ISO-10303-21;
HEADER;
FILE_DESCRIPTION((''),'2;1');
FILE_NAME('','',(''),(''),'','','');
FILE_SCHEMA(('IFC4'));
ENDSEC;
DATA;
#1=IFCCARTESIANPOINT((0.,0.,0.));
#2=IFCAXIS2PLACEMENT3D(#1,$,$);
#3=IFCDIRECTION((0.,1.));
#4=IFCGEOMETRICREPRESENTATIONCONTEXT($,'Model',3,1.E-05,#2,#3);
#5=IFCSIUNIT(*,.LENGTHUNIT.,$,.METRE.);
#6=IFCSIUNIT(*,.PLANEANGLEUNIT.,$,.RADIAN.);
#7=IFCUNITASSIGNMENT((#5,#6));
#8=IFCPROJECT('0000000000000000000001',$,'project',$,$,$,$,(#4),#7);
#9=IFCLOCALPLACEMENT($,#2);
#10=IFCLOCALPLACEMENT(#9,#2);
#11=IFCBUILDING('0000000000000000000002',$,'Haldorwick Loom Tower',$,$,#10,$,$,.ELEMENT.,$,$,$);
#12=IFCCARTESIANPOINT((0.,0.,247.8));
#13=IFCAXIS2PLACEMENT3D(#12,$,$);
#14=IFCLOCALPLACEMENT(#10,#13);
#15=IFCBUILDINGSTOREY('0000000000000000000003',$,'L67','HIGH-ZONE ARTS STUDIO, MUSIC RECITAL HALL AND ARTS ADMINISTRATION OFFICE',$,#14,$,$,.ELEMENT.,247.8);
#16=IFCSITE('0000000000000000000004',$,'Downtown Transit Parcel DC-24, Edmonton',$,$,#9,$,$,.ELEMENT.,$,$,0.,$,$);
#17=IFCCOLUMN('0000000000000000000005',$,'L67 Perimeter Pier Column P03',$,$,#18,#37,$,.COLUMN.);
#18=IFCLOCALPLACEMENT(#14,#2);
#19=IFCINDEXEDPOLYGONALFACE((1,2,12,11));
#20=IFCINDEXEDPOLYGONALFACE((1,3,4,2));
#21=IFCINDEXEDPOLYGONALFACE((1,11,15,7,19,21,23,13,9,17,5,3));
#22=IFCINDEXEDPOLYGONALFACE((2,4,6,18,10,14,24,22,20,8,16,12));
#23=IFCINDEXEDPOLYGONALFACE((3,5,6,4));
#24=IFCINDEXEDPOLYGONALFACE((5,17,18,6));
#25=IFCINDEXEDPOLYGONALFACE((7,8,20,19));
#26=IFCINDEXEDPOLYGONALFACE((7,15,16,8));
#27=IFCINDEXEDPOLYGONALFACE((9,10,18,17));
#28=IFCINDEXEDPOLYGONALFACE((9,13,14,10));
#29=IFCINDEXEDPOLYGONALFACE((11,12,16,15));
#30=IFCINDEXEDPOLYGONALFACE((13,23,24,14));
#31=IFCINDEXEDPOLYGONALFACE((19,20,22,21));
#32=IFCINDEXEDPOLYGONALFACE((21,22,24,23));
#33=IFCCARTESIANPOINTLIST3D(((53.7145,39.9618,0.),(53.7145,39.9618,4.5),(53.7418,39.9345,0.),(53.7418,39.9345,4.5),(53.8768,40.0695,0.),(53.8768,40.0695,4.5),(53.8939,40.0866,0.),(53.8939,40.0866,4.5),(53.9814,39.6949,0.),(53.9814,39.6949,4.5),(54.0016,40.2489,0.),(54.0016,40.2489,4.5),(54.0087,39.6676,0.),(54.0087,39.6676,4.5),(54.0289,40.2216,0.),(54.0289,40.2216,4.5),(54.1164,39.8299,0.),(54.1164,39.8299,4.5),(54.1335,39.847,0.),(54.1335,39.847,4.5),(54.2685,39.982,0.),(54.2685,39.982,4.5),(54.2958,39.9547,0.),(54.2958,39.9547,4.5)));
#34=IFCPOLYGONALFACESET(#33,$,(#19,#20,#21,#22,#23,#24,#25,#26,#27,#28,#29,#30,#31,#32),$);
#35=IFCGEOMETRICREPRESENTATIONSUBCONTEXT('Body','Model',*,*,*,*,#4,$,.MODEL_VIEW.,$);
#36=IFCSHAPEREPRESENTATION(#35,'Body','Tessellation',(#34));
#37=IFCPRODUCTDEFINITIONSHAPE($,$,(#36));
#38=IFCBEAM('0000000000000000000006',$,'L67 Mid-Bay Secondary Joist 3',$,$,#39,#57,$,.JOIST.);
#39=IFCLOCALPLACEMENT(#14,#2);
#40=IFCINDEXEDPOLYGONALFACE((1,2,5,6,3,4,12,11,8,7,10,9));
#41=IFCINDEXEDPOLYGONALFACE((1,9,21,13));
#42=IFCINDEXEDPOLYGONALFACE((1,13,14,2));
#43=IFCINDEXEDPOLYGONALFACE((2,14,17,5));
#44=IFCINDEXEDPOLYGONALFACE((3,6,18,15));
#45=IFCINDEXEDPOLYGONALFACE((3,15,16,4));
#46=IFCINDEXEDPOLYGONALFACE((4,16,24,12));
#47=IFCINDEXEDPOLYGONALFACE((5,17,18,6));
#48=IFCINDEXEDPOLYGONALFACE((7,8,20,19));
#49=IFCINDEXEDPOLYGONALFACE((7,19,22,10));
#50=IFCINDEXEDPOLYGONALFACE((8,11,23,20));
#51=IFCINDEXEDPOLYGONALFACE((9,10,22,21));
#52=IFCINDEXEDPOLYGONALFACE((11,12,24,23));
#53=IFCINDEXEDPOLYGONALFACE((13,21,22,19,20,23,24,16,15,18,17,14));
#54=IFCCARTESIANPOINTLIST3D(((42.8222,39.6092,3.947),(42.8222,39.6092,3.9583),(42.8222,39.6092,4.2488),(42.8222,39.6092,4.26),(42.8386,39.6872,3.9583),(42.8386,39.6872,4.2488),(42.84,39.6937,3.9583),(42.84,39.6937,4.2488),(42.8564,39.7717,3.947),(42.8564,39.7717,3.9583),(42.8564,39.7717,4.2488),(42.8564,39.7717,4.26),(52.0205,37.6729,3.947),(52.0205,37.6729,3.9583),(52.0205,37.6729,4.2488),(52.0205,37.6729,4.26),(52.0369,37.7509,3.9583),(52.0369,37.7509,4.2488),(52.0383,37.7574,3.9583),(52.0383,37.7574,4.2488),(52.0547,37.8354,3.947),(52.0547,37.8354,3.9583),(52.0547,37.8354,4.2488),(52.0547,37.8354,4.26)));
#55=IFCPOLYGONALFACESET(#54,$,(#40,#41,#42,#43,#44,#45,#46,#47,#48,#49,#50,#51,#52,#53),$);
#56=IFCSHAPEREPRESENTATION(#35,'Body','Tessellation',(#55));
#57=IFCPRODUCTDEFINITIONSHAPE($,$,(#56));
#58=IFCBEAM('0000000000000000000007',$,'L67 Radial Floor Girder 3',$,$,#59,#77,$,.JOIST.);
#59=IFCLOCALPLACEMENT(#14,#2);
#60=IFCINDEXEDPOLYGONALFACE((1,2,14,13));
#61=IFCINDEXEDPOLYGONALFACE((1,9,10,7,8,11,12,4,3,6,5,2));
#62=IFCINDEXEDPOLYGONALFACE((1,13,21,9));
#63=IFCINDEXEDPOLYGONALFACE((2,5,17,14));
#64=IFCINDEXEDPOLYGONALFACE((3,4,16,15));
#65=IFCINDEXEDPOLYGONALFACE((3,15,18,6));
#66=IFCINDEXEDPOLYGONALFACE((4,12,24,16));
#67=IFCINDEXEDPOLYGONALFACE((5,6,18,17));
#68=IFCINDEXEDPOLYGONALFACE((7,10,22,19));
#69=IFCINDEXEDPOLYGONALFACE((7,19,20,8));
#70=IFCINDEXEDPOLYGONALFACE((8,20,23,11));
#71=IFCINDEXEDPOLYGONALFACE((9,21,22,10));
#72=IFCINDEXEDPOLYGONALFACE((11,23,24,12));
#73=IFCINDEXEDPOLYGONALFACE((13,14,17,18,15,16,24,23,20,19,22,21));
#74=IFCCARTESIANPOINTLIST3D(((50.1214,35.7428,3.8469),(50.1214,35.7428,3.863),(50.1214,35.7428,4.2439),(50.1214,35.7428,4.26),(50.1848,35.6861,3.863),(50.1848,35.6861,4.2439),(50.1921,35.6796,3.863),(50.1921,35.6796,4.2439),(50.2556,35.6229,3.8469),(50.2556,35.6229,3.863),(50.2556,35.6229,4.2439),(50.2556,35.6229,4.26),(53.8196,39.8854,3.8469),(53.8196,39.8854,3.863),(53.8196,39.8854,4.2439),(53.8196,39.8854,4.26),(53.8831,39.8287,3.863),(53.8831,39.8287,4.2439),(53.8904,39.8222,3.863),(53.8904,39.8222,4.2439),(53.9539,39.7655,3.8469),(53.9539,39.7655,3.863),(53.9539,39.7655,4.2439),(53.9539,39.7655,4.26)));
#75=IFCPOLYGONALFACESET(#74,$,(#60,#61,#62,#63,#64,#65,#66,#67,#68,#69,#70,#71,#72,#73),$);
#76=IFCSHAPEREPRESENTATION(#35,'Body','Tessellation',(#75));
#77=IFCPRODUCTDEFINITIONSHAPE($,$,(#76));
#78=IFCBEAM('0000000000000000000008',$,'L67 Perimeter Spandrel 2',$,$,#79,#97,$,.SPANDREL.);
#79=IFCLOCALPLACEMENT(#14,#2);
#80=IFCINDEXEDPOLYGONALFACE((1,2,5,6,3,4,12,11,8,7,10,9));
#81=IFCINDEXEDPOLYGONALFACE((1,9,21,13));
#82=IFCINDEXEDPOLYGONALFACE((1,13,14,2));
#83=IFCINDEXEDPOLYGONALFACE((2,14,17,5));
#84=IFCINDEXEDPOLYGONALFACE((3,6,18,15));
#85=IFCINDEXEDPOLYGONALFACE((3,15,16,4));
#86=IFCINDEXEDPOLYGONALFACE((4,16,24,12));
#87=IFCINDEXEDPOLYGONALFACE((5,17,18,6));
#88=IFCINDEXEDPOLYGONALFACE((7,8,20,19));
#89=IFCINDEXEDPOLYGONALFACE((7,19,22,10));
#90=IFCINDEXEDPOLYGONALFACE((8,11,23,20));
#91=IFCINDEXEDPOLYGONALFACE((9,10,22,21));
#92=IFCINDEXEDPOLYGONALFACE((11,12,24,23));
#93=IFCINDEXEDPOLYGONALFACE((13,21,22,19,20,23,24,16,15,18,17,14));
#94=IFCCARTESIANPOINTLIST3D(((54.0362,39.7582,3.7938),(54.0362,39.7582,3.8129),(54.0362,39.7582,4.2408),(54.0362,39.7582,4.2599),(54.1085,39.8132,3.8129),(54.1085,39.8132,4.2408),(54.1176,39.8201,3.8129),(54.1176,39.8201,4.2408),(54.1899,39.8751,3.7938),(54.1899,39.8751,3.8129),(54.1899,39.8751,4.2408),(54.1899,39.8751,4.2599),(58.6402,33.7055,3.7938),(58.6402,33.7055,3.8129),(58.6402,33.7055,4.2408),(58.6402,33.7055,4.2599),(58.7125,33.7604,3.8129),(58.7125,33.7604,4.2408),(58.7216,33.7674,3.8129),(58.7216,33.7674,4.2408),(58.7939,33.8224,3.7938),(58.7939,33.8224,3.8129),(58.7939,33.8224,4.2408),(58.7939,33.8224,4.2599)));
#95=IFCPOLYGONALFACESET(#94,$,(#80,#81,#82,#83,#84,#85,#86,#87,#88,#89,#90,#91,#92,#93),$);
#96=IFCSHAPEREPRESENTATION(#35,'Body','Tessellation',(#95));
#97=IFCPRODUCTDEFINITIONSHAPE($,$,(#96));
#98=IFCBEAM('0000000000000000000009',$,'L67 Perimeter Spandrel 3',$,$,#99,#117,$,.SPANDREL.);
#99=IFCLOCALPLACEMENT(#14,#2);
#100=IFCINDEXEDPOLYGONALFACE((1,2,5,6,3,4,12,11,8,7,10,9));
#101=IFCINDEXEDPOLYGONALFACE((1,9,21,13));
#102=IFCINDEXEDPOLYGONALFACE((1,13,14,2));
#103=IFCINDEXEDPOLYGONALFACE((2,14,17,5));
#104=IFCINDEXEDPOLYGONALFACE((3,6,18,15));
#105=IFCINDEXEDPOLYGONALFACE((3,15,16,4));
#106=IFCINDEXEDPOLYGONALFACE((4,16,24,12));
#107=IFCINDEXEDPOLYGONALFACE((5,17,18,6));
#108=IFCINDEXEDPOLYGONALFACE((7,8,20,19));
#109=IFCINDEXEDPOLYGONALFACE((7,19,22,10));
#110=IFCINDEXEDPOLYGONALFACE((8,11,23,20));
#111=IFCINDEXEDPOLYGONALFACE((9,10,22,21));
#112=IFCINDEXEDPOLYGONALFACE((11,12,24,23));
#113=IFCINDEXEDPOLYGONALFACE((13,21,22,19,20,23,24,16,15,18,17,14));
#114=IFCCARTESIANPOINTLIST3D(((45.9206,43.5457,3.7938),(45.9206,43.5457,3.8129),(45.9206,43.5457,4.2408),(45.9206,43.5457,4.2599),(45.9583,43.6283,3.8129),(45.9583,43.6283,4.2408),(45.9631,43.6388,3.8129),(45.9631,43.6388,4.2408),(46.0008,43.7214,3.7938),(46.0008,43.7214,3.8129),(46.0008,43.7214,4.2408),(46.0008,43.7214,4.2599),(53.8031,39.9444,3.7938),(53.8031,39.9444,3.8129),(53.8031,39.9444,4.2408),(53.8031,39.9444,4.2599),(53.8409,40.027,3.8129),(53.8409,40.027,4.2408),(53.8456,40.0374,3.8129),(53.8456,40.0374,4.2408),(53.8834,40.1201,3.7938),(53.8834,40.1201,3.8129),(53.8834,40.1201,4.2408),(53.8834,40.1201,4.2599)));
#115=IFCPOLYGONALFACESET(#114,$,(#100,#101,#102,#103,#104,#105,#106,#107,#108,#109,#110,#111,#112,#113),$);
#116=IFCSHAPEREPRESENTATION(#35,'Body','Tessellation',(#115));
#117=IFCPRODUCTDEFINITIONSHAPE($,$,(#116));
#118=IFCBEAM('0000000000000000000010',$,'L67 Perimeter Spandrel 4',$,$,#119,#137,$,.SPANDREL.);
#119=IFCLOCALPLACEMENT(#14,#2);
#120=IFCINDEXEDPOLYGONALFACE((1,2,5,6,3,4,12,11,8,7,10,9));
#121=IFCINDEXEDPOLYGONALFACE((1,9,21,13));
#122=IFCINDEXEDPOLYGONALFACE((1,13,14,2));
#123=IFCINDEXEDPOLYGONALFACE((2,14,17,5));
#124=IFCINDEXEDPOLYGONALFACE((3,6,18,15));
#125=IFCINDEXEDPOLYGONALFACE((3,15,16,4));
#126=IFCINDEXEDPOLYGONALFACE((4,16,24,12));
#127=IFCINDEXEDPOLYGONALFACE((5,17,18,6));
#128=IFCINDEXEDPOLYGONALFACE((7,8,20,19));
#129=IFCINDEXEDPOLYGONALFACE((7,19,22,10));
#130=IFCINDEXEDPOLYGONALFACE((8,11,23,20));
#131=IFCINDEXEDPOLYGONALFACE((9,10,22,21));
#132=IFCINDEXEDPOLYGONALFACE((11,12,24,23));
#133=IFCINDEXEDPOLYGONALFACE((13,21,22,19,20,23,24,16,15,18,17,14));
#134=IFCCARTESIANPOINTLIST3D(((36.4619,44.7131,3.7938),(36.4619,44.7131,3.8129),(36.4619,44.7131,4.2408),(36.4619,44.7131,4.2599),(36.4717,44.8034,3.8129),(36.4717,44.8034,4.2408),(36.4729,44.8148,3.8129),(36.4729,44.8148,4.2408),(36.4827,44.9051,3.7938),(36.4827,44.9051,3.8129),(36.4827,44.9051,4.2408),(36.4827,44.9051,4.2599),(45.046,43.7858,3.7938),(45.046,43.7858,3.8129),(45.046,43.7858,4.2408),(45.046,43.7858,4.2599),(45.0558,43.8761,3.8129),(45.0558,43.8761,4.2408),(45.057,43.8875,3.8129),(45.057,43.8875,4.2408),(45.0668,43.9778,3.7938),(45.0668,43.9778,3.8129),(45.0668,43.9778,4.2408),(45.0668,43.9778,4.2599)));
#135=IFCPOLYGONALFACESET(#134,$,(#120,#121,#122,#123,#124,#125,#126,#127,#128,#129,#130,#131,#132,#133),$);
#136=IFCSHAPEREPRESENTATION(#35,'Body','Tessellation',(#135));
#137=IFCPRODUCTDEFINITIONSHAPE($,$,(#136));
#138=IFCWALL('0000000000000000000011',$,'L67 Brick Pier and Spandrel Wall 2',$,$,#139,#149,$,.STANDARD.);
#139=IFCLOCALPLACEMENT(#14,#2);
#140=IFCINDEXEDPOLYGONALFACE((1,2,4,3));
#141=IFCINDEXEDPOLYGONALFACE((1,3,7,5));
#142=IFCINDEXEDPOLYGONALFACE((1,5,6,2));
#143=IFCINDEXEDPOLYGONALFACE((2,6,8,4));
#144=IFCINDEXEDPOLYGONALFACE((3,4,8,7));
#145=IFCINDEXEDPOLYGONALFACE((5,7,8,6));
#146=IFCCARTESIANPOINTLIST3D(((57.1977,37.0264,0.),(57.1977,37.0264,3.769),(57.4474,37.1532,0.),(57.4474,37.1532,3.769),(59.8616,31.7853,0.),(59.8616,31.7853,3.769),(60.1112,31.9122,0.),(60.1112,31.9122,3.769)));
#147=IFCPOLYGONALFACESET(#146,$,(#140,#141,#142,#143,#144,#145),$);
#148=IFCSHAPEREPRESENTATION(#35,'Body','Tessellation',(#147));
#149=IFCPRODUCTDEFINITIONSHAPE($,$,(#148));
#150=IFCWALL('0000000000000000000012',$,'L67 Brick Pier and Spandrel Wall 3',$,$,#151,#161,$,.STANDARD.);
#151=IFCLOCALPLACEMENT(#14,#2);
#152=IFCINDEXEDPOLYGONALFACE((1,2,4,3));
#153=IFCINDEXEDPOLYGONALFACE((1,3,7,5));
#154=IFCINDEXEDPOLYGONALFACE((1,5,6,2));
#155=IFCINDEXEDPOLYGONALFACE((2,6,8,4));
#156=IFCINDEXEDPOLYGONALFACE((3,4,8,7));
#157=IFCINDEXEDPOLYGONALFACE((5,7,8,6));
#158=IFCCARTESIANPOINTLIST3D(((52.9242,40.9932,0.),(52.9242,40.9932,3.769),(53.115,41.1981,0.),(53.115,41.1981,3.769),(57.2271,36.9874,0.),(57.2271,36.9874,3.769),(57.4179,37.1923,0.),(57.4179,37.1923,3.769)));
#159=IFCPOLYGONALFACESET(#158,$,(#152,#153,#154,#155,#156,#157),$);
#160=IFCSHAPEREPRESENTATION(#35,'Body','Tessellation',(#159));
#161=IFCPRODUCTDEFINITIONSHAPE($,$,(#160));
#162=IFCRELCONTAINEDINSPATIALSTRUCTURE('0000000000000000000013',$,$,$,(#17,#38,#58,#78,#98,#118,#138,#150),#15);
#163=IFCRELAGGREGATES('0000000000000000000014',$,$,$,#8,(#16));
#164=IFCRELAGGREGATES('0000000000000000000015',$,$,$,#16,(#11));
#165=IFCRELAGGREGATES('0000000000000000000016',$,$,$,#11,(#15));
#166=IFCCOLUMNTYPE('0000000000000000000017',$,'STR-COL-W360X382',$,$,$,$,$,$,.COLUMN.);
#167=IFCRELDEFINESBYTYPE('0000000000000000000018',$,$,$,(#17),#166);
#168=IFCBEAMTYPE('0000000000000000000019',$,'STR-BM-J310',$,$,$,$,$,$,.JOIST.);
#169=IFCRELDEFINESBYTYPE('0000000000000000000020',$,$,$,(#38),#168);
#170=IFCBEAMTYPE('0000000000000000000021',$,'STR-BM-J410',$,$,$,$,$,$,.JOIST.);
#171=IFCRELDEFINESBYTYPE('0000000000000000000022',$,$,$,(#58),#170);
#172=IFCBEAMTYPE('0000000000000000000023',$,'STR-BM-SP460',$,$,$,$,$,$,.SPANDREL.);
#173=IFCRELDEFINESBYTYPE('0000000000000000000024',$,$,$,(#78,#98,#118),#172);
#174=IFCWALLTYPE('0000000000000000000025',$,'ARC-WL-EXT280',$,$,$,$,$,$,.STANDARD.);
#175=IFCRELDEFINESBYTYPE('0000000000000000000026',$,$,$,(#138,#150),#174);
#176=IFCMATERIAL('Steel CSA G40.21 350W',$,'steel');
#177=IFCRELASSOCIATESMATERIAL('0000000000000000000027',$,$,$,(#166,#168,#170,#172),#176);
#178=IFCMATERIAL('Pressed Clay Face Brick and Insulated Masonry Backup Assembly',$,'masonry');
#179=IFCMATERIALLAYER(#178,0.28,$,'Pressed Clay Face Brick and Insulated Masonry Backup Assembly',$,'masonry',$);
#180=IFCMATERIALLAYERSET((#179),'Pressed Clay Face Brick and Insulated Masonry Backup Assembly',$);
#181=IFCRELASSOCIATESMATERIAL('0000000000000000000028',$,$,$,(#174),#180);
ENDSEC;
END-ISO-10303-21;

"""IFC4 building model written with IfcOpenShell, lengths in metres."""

from ifc_helpers import new_model, si_unit, direction, frame, frame_2d, origin, origin_2d, place, context, subcontext, project, spatial, rectangle, i_section, extrude, material, layer, layer_set, material_profile, profile_set, type_object, element, save


model = new_model("IFC4")

# Units and contexts
model_context = context("Model", 3, precision=1e-05, world=origin(), true_north=direction((0.0, 1.0)))
body_context = subcontext(model_context, "Body", "Model", "MODEL_VIEW")
ifc_project = project(units=[si_unit("LENGTHUNIT", "METRE"), si_unit("PLANEANGLEUNIT", "RADIAN")], contexts=[model_context])

# Site, building, storey
site_placement = place(None, origin())
site = spatial("IfcSite", under=ifc_project, at=site_placement, Name="Downtown Transit Parcel DC-24, Edmonton", CompositionType="ELEMENT", RefElevation=0.0)
building_placement = place(site_placement, origin())
building = spatial("IfcBuilding", under=site, at=building_placement, Name="Haldorwick Loom Tower", CompositionType="ELEMENT")
storey_placement = place(building_placement, frame((0.0, 0.0, 247.8)))
storey = spatial("IfcBuildingStorey", under=building, at=storey_placement, Name="L67", Description="HIGH-ZONE ARTS STUDIO, MUSIC RECITAL HALL AND ARTS ADMINISTRATION OFFICE", CompositionType="ELEMENT", Elevation=247.8)

# Column
ifc_material_1 = material(Name="Steel CSA G40.21 350W", Category="steel")
ifc_material_profile_1 = material_profile(ifc_material_1, i_section(OverallWidth=0.406, OverallDepth=0.416, WebThickness=0.0242, FlangeThickness=0.0386, at=origin_2d()), Name="W360X382", Category="steel")
ifc_profile_set_1 = profile_set([ifc_material_profile_1], Name="Steel CSA G40.21 350W")
column_type_1 = type_object("IfcColumnType", Name="STR-COL-W360X382", PredefinedType="COLUMN", material=ifc_profile_set_1)
for number, where, z_axis, x_axis, name in (
    (1, (54.0051, 39.9583, 0.0), (0.0, 0.0, 1.0), (0.707107, 0.707107, 0.0), "L67 Perimeter Pier Column P03"),
):
    element("IfcColumn", number, at=place(storey_placement, frame(where, z_axis=z_axis, x_axis=x_axis)), inside=storey, type_object=column_type_1, Name=name, PredefinedType="COLUMN", context=body_context, shape_type="SweptSolid", body=[
        extrude(i_section(OverallWidth=0.406, OverallDepth=0.416, WebThickness=0.0242, FlangeThickness=0.0386, at=origin_2d()), origin(), (0.0, 0.0, 1.0), 4.5),
    ])

# Beams
ifc_material_profile_2 = material_profile(ifc_material_1, i_section(OverallWidth=0.166, OverallDepth=0.313, WebThickness=0.0066, FlangeThickness=0.0112, at=origin_2d()), Name="W310X45", Category="steel")
ifc_profile_set_2 = profile_set([ifc_material_profile_2], Name="Steel CSA G40.21 350W")
beam_type_1 = type_object("IfcBeamType", Name="STR-BM-J310", PredefinedType="JOIST", material=ifc_profile_set_2)
beam_1_placement = place(storey_placement, frame((52.0376, 37.7542, 4.1035), z_axis=(-0.978554, 0.205991, 0.0), x_axis=(-0.205991, -0.978554, 0.0)))
element("IfcBeam", 2, at=beam_1_placement, inside=storey, type_object=beam_type_1, Name="L67 Mid-Bay Secondary Joist 3", PredefinedType="JOIST", context=body_context, shape_type="SweptSolid", body=[
    extrude(i_section(OverallWidth=0.166, OverallDepth=0.313, WebThickness=0.0066, FlangeThickness=0.0112, at=origin_2d()), origin(), (0.0, 0.0, 1.0), 9.3999),
])
ifc_material_profile_3 = material_profile(ifc_material_1, i_section(OverallWidth=0.1799, OverallDepth=0.4131, WebThickness=0.0098, FlangeThickness=0.0161, at=origin_2d()), Name="W410X74", Category="steel")
ifc_profile_set_3 = profile_set([ifc_material_profile_3], Name="Steel CSA G40.21 350W")
beam_type_2 = type_object("IfcBeamType", Name="STR-BM-J410", PredefinedType="JOIST", material=ifc_profile_set_3)
beam_2_placement = place(storey_placement, frame((50.1885, 35.6829, 4.0535), z_axis=(0.665967, 0.745981, 0.0), x_axis=(-0.745981, 0.665967, 0.0)))
element("IfcBeam", 3, at=beam_2_placement, inside=storey, type_object=beam_type_2, Name="L67 Radial Floor Girder 3", PredefinedType="JOIST", context=body_context, shape_type="SweptSolid", body=[
    extrude(i_section(OverallWidth=0.1799, OverallDepth=0.4131, WebThickness=0.0098, FlangeThickness=0.0161, at=origin_2d()), origin(), (0.0, 0.0, 1.0), 5.5532),
])
ifc_material_profile_4 = material_profile(ifc_material_1, i_section(OverallWidth=0.1931, OverallDepth=0.4661, WebThickness=0.0115, FlangeThickness=0.019, at=origin_2d()), Name="W460X97", Category="steel")
ifc_profile_set_4 = profile_set([ifc_material_profile_4], Name="Steel CSA G40.21 350W")
beam_type_3 = type_object("IfcBeamType", Name="STR-BM-SP460", PredefinedType="SPANDREL", material=ifc_profile_set_4)
beam_3_placement = place(storey_placement, frame((58.717, 33.7639, 4.0269), z_axis=(-0.60541, 0.795913, 0.0), x_axis=(-0.795913, -0.60541, 0.0)))
element("IfcBeam", 4, at=beam_3_placement, inside=storey, type_object=beam_type_3, Name="L67 Perimeter Spandrel 2", PredefinedType="SPANDREL", context=body_context, shape_type="SweptSolid", body=[
    extrude(i_section(OverallWidth=0.1931, OverallDepth=0.4661, WebThickness=0.0115, FlangeThickness=0.019, at=origin_2d()), origin(), (0.0, 0.0, 1.0), 7.6047),
])
beam_4_placement = place(storey_placement, frame((53.8433, 40.0322, 4.0269), z_axis=(-0.909568, 0.415555, 0.0), x_axis=(-0.415555, -0.909568, 0.0)))
element("IfcBeam", 5, at=beam_4_placement, inside=storey, type_object=beam_type_3, Name="L67 Perimeter Spandrel 3", PredefinedType="SPANDREL", context=body_context, shape_type="SweptSolid", body=[
    extrude(i_section(OverallWidth=0.1931, OverallDepth=0.4661, WebThickness=0.0115, FlangeThickness=0.019, at=origin_2d()), origin(), (0.0, 0.0, 1.0), 8.6663),
])
beam_5_placement = place(storey_placement, frame((45.0564, 43.8818, 4.0269), z_axis=(-0.994216, 0.107396, 0.0), x_axis=(-0.107396, -0.994216, 0.0)))
element("IfcBeam", 6, at=beam_5_placement, inside=storey, type_object=beam_type_3, Name="L67 Perimeter Spandrel 4", PredefinedType="SPANDREL", context=body_context, shape_type="SweptSolid", body=[
    extrude(i_section(OverallWidth=0.1931, OverallDepth=0.4661, WebThickness=0.0115, FlangeThickness=0.019, at=origin_2d()), origin(), (0.0, 0.0, 1.0), 8.634),
])

# Walls
ifc_material_2 = material(Name="Pressed Clay Face Brick and Insulated Masonry Backup Assembly", Category="masonry")
ifc_layer_1 = layer(ifc_material_2, 0.28, Name="Pressed Clay Face Brick and Insulated Masonry Backup Assembly", Category="masonry")
ifc_layer_set_1 = layer_set([ifc_layer_1], Name="Pressed Clay Face Brick and Insulated Masonry Backup Assembly")
wall_type_1 = type_object("IfcWallType", Name="ARC-WL-EXT280", PredefinedType="STANDARD", material=ifc_layer_set_1)
wall_1_placement = place(storey_placement, frame((59.9863, 31.8489, 0.0), z_axis=(0.0, 0.0, 1.0), x_axis=(-0.453101, 0.891459, 0.0)))
element("IfcWall", 7, at=wall_1_placement, inside=storey, type_object=wall_type_1, Name="L67 Brick Pier and Spandrel Wall 2", PredefinedType="STANDARD", context=body_context, shape_type="SweptSolid", body=[
    extrude(rectangle(XDim=5.8792, YDim=0.28, at=frame_2d((2.9395, 0.0))), origin(), (0.0, 0.0, 1.0), 3.769),
])
wall_2_placement = place(storey_placement, frame((57.3225, 37.0898, 0.0), z_axis=(0.0, 0.0, 1.0), x_axis=(-0.731925, 0.681386, 0.0)))
element("IfcWall", 8, at=wall_2_placement, inside=storey, type_object=wall_type_1, Name="L67 Brick Pier and Spandrel Wall 3", PredefinedType="STANDARD", context=body_context, shape_type="SweptSolid", body=[
    extrude(rectangle(XDim=5.8789, YDim=0.28, at=frame_2d((2.9395, 0.0))), origin(), (0.0, 0.0, 1.0), 3.769),
])

save(model, "model.ifc")
